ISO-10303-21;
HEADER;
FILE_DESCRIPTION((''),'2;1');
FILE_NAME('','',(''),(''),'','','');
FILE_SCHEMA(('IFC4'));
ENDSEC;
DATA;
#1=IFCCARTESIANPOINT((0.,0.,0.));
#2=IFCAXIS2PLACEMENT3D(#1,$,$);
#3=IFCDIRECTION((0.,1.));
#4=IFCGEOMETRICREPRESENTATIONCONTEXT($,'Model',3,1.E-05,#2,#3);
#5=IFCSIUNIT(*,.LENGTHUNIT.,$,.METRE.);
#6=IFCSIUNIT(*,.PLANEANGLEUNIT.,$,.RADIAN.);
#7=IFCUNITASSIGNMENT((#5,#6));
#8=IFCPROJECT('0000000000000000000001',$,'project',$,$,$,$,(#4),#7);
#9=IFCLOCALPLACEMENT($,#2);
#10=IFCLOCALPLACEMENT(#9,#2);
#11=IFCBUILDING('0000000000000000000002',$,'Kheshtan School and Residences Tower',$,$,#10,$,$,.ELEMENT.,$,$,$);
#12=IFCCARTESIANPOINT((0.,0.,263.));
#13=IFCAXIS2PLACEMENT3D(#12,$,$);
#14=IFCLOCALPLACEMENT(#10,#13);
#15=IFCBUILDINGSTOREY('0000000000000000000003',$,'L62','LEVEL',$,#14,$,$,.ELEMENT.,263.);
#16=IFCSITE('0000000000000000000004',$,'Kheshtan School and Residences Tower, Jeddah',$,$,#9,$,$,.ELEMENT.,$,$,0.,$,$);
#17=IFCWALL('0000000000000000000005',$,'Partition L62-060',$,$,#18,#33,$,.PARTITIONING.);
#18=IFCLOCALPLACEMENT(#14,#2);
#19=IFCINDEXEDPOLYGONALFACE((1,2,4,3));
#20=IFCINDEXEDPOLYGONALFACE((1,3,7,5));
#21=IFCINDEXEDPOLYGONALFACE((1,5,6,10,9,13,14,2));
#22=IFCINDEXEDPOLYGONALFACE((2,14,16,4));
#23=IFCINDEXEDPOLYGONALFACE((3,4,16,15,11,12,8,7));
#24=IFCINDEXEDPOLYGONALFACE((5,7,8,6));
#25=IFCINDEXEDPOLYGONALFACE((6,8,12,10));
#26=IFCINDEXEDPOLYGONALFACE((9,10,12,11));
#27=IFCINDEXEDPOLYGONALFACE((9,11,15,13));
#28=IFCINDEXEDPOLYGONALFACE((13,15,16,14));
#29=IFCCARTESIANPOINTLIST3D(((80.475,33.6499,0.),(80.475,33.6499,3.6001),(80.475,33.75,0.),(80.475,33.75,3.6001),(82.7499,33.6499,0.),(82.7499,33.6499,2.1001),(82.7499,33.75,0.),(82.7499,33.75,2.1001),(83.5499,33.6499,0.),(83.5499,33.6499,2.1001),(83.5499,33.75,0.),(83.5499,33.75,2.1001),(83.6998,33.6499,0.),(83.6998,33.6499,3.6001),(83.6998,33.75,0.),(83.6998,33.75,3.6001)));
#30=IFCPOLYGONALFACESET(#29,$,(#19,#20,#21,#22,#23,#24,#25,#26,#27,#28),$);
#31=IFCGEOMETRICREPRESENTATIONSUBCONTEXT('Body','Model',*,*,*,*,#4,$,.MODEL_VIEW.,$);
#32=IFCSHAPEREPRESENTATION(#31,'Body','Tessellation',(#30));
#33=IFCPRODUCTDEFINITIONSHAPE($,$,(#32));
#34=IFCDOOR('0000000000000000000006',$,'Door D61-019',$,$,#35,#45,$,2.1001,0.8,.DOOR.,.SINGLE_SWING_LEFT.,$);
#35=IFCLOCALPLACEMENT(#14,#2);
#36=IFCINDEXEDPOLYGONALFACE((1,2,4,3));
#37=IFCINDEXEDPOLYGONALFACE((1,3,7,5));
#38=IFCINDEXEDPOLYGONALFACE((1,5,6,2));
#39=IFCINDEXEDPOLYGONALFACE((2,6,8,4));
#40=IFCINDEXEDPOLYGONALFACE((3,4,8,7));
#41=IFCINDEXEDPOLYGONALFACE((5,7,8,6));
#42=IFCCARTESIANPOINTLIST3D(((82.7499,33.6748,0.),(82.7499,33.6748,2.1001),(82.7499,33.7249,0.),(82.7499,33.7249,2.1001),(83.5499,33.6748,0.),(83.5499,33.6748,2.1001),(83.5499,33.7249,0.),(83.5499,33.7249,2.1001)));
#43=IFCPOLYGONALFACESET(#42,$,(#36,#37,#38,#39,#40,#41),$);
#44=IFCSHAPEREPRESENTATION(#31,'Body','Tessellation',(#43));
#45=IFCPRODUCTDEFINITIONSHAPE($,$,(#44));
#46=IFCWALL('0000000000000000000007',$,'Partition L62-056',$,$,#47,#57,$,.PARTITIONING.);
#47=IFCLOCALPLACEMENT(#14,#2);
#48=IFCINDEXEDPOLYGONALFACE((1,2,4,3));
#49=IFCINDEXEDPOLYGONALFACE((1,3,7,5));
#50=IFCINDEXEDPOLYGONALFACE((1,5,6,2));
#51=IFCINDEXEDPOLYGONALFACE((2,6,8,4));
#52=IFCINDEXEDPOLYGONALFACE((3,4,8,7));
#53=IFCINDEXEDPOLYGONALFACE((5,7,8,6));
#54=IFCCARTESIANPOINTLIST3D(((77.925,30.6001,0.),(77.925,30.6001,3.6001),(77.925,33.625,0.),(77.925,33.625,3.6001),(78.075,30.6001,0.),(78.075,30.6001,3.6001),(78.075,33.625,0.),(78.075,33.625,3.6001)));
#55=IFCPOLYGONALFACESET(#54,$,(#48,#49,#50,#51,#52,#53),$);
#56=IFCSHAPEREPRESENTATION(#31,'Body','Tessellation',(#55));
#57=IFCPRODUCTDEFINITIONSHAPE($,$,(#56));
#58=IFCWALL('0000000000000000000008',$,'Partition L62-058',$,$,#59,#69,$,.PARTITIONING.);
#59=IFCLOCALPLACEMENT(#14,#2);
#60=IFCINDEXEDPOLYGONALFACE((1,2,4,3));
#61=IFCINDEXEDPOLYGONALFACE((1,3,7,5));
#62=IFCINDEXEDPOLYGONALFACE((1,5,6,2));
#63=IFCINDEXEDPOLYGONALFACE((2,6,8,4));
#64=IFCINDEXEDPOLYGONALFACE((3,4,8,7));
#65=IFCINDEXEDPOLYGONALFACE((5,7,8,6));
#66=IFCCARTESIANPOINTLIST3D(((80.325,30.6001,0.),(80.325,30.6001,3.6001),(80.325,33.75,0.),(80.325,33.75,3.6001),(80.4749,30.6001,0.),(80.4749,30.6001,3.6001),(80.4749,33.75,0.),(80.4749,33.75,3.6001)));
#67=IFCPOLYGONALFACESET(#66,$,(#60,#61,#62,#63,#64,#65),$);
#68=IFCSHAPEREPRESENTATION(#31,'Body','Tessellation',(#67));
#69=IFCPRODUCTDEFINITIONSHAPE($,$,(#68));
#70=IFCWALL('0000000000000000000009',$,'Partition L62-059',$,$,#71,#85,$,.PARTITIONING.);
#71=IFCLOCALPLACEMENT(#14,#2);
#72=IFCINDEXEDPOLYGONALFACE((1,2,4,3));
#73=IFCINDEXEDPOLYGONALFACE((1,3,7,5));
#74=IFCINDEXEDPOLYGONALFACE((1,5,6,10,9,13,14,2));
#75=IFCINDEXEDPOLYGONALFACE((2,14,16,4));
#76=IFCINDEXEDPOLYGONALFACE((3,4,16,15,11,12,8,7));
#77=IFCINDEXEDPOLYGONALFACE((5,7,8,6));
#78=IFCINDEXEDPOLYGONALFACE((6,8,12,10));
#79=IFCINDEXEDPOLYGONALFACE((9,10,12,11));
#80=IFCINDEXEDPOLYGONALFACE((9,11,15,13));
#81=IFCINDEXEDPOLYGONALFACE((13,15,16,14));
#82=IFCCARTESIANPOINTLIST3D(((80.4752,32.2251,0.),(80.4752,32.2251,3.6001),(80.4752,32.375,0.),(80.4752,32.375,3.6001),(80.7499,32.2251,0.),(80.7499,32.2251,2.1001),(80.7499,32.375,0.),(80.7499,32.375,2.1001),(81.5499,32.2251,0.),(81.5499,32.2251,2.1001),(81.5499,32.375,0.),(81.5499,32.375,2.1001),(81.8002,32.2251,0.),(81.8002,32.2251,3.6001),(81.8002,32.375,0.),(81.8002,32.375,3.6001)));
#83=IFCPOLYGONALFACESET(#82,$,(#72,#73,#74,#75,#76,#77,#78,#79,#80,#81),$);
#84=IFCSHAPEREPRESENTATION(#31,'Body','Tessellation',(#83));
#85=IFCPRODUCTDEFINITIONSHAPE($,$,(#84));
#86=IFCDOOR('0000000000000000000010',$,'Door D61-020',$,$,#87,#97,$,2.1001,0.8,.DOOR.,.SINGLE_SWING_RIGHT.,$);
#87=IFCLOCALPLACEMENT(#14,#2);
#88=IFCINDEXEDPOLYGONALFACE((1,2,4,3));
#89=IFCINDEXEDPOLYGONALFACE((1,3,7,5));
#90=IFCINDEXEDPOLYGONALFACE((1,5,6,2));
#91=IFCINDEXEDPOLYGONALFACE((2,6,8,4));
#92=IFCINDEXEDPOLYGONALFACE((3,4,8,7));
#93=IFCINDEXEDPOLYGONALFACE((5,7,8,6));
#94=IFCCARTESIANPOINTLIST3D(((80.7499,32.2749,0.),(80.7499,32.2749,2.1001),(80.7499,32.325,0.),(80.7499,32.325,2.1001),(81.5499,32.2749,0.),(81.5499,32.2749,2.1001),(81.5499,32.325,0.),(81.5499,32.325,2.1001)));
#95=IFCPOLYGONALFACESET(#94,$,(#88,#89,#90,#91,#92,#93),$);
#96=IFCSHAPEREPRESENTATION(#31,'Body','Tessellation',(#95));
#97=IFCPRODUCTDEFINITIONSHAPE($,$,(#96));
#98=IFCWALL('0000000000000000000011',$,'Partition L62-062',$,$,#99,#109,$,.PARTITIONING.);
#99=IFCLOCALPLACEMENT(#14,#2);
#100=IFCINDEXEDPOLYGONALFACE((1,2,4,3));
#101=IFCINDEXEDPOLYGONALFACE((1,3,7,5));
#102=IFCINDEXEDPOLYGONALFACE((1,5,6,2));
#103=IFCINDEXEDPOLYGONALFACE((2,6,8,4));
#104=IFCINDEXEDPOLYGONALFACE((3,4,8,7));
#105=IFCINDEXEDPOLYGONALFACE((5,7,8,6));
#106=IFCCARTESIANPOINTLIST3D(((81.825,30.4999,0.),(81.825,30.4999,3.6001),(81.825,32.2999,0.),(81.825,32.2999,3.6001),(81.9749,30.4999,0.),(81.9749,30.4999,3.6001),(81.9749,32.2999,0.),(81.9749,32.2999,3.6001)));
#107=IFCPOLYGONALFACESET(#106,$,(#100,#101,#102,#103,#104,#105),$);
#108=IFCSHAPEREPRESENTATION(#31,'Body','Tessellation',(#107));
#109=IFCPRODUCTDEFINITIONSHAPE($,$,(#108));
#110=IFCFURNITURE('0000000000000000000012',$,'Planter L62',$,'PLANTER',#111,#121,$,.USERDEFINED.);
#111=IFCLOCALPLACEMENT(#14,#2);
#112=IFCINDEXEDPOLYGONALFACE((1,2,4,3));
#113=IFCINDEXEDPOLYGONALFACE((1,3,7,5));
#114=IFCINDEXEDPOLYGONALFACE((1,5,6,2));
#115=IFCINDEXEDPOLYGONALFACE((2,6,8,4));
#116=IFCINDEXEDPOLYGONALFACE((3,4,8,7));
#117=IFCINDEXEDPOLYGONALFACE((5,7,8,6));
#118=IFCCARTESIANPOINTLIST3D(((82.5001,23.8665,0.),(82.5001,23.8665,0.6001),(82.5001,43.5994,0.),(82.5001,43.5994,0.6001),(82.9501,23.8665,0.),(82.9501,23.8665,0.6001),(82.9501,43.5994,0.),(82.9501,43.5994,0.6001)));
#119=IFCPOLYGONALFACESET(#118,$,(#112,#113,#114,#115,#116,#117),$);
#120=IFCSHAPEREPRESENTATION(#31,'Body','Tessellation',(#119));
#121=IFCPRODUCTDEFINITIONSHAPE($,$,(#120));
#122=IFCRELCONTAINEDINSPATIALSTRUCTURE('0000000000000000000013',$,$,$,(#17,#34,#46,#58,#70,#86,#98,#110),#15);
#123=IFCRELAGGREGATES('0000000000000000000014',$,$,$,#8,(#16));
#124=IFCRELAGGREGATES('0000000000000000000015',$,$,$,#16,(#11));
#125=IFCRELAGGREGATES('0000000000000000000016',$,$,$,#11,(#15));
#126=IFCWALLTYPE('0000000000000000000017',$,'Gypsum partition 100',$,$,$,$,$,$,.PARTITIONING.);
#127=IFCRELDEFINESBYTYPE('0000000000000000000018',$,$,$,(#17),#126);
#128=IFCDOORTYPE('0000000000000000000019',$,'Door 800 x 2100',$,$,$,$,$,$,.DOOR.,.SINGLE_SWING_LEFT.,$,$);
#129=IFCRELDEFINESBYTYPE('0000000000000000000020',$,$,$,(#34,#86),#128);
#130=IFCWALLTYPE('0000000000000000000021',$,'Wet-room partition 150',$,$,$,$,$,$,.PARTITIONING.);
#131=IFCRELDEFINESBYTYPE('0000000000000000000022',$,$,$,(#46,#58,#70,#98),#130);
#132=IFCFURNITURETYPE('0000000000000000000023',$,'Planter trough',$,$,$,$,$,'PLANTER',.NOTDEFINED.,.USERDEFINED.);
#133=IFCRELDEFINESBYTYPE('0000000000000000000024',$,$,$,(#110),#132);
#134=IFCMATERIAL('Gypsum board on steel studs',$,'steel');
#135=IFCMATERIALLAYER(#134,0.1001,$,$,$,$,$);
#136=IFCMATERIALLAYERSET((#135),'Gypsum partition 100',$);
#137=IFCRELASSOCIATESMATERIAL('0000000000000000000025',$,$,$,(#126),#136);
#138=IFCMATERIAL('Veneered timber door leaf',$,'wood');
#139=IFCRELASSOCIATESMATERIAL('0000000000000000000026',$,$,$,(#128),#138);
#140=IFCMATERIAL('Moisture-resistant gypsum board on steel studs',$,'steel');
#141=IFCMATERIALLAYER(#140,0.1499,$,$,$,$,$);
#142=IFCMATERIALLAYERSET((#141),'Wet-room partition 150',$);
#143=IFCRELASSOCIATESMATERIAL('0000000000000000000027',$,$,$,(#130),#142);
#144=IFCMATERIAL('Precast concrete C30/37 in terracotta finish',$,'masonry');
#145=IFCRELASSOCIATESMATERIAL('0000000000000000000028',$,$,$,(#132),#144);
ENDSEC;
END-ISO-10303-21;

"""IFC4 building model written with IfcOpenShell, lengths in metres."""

from ifc_helpers import new_model, si_unit, direction, frame, frame_2d, origin, origin_2d, place, context, subcontext, project, spatial, rectangle, extrude, source, transform, mapped, material, layer, layer_set, type_object, element, fill, save


model = new_model("IFC4")

# Units and contexts
model_context = context("Model", 3, precision=1e-05, world=origin(), true_north=direction((0.0, 1.0)))
body_context = subcontext(model_context, "Body", "Model", "MODEL_VIEW")
ifc_project = project(units=[si_unit("LENGTHUNIT", "METRE"), si_unit("PLANEANGLEUNIT", "RADIAN")], contexts=[model_context])

# Site, building, storey
site_placement = place(None, origin())
site = spatial("IfcSite", under=ifc_project, at=site_placement, Name="Kheshtan School and Residences Tower, Jeddah", CompositionType="ELEMENT", RefElevation=0.0)
building_placement = place(site_placement, origin())
building = spatial("IfcBuilding", under=site, at=building_placement, Name="Kheshtan School and Residences Tower", CompositionType="ELEMENT")
storey_placement = place(building_placement, frame((0.0, 0.0, 263.0)))
storey = spatial("IfcBuildingStorey", under=building, at=storey_placement, Name="L62", Description="LEVEL", CompositionType="ELEMENT", Elevation=263.0)

# Shared definitions
ifc_material_1 = material(Name="Gypsum board on steel studs", Category="steel")
ifc_layer_1 = layer(ifc_material_1, 0.1001)
ifc_layer_set_1 = layer_set([ifc_layer_1], Name="Gypsum partition 100")
wall_type_1 = type_object("IfcWallType", Name="Gypsum partition 100", PredefinedType="PARTITIONING", material=ifc_layer_set_1)

# Wall, opening, door
wall_1_placement = place(storey_placement, frame((80.4751, 33.7, 0.0), z_axis=(0.0, 0.0, 1.0), x_axis=(1.0, 0.0, 0.0)))
wall_1 = element("IfcWall", 1, at=wall_1_placement, inside=storey, type_object=wall_type_1, Name="Partition L62-060", PredefinedType="PARTITIONING", context=body_context, shape_type="SweptSolid", body=[
    extrude(rectangle(XDim=3.2249, YDim=0.1001, at=frame_2d((1.6123, 0.0))), origin(), (0.0, 0.0, 1.0), 3.6001),
])
opening_1_placement = place(wall_1_placement, frame((2.2749, 0.0, 0.0)))
opening_1 = element("IfcOpeningElement", 2, at=opening_1_placement, cuts=wall_1, PredefinedType="OPENING", context=body_context, shape_type="SweptSolid", body=[
    extrude(rectangle(XDim=0.8, YDim=2.1001, at=frame_2d((0.3999, 1.05))), frame((0.0, 0.0601, 0.0), z_axis=(0.0, -1.0, 0.0), x_axis=(1.0, 0.0, 0.0)), (0.0, 0.0, 1.0), 0.1201),
])
ifc_material_2 = material(Name="Veneered timber door leaf", Category="wood")
door_type_1 = type_object("IfcDoorType", Name="Door 800 x 2100", OperationType="SINGLE_SWING_LEFT", PredefinedType="DOOR", material=ifc_material_2)
shared_shape_1 = source(origin(), body_context, "Body", "SweptSolid", [
    extrude(rectangle(XDim=0.8, YDim=2.1001, at=frame_2d((0.3999, 1.05))), frame((0.0, 0.0249, 0.0), z_axis=(0.0, -1.0, 0.0), x_axis=(1.0, 0.0, 0.0)), (0.0, 0.0, 1.0), 0.05),
])
door_1_placement = place(opening_1_placement, origin())
door_1 = element("IfcDoor", 3, at=door_1_placement, inside=storey, type_object=door_type_1, Name="Door D61-019", OperationType="SINGLE_SWING_LEFT", OverallHeight=2.1001, OverallWidth=0.8, PredefinedType="DOOR", context=body_context, shape_type="MappedRepresentation", body=[
    mapped(shared_shape_1, transform((0.0, 0.0, 0.0), x_axis=(1.0, 0.0, 0.0), y_axis=(0.0, 1.0, 0.0), z_axis=(0.0, 0.0, 1.0), scale=1.0)),
])
fill(opening_1, door_1)

# Walls
ifc_material_3 = material(Name="Moisture-resistant gypsum board on steel studs", Category="steel")
ifc_layer_2 = layer(ifc_material_3, 0.1499)
ifc_layer_set_2 = layer_set([ifc_layer_2], Name="Wet-room partition 150")
wall_type_2 = type_object("IfcWallType", Name="Wet-room partition 150", PredefinedType="PARTITIONING", material=ifc_layer_set_2)
wall_2_placement = place(storey_placement, frame((78.0, 30.6001, 0.0), z_axis=(0.0, 0.0, 1.0), x_axis=(0.0, 1.0, 0.0)))
element("IfcWall", 4, at=wall_2_placement, inside=storey, type_object=wall_type_2, Name="Partition L62-056", PredefinedType="PARTITIONING", context=body_context, shape_type="SweptSolid", body=[
    extrude(rectangle(XDim=3.0249, YDim=0.1499, at=frame_2d((1.5125, 0.0))), origin(), (0.0, 0.0, 1.0), 3.6001),
])
wall_3_placement = place(storey_placement, frame((80.3999, 30.6001, 0.0), z_axis=(0.0, 0.0, 1.0), x_axis=(0.0, 1.0, 0.0)))
element("IfcWall", 5, at=wall_3_placement, inside=storey, type_object=wall_type_2, Name="Partition L62-058", PredefinedType="PARTITIONING", context=body_context, shape_type="SweptSolid", body=[
    extrude(rectangle(XDim=3.1499, YDim=0.1499, at=frame_2d((1.575, 0.0))), origin(), (0.0, 0.0, 1.0), 3.6001),
])

# Wall, opening, door
wall_4_placement = place(storey_placement, frame((80.4751, 32.3, 0.0), z_axis=(0.0, 0.0, 1.0), x_axis=(1.0, 0.0, 0.0)))
wall_4 = element("IfcWall", 6, at=wall_4_placement, inside=storey, type_object=wall_type_2, Name="Partition L62-059", PredefinedType="PARTITIONING", context=body_context, shape_type="SweptSolid", body=[
    extrude(rectangle(XDim=1.325, YDim=0.1499, at=frame_2d((0.6626, 0.0))), origin(), (0.0, 0.0, 1.0), 3.6001),
])
opening_2_placement = place(wall_4_placement, frame((0.2749, 0.0, 0.0)))
opening_2 = element("IfcOpeningElement", 7, at=opening_2_placement, cuts=wall_4, PredefinedType="OPENING", context=body_context, shape_type="SweptSolid", body=[
    extrude(rectangle(XDim=0.8, YDim=2.1001, at=frame_2d((0.3999, 1.05))), frame((0.0, 0.085, 0.0), z_axis=(0.0, -1.0, 0.0), x_axis=(1.0, 0.0, 0.0)), (0.0, 0.0, 1.0), 0.1699),
])
door_2_placement = place(opening_2_placement, origin())
door_2 = element("IfcDoor", 8, at=door_2_placement, inside=storey, type_object=door_type_1, Name="Door D61-020", OperationType="SINGLE_SWING_RIGHT", OverallHeight=2.1001, OverallWidth=0.8, PredefinedType="DOOR", context=body_context, shape_type="MappedRepresentation", body=[
    mapped(shared_shape_1, transform((0.0, 0.0, 0.0), x_axis=(1.0, 0.0, 0.0), y_axis=(0.0, 1.0, 0.0), z_axis=(0.0, 0.0, 1.0), scale=1.0)),
])
fill(opening_2, door_2)

# Wall
wall_5_placement = place(storey_placement, frame((81.8999, 30.5, 0.0), z_axis=(0.0, 0.0, 1.0), x_axis=(0.0, 1.0, 0.0)))
element("IfcWall", 9, at=wall_5_placement, inside=storey, type_object=wall_type_2, Name="Partition L62-062", PredefinedType="PARTITIONING", context=body_context, shape_type="SweptSolid", body=[
    extrude(rectangle(XDim=1.8, YDim=0.1499, at=frame_2d((0.8999, 0.0))), origin(), (0.0, 0.0, 1.0), 3.6001),
])

# Furniture
ifc_material_4 = material(Name="Precast concrete C30/37 in terracotta finish", Category="masonry")
furniture_type = type_object("IfcFurnitureType", Name="Planter trough", ElementType="PLANTER", AssemblyPlace="NOTDEFINED", PredefinedType="USERDEFINED", material=ifc_material_4)
furniture_placement = place(storey_placement, frame((82.7251, 33.7329, 0.0), z_axis=(0.0, 0.0, 1.0), x_axis=(0.0, -1.0, 0.0)))
element("IfcFurniture", 10, at=furniture_placement, inside=storey, type_object=furniture_type, Name="Planter L62", ObjectType="PLANTER", PredefinedType="USERDEFINED", context=body_context, shape_type="SweptSolid", body=[
    extrude(rectangle(XDim=19.7329, YDim=0.45, at=origin_2d()), origin(), (0.0, 0.0, 1.0), 0.6001),
])

save(model, "model.ifc")
